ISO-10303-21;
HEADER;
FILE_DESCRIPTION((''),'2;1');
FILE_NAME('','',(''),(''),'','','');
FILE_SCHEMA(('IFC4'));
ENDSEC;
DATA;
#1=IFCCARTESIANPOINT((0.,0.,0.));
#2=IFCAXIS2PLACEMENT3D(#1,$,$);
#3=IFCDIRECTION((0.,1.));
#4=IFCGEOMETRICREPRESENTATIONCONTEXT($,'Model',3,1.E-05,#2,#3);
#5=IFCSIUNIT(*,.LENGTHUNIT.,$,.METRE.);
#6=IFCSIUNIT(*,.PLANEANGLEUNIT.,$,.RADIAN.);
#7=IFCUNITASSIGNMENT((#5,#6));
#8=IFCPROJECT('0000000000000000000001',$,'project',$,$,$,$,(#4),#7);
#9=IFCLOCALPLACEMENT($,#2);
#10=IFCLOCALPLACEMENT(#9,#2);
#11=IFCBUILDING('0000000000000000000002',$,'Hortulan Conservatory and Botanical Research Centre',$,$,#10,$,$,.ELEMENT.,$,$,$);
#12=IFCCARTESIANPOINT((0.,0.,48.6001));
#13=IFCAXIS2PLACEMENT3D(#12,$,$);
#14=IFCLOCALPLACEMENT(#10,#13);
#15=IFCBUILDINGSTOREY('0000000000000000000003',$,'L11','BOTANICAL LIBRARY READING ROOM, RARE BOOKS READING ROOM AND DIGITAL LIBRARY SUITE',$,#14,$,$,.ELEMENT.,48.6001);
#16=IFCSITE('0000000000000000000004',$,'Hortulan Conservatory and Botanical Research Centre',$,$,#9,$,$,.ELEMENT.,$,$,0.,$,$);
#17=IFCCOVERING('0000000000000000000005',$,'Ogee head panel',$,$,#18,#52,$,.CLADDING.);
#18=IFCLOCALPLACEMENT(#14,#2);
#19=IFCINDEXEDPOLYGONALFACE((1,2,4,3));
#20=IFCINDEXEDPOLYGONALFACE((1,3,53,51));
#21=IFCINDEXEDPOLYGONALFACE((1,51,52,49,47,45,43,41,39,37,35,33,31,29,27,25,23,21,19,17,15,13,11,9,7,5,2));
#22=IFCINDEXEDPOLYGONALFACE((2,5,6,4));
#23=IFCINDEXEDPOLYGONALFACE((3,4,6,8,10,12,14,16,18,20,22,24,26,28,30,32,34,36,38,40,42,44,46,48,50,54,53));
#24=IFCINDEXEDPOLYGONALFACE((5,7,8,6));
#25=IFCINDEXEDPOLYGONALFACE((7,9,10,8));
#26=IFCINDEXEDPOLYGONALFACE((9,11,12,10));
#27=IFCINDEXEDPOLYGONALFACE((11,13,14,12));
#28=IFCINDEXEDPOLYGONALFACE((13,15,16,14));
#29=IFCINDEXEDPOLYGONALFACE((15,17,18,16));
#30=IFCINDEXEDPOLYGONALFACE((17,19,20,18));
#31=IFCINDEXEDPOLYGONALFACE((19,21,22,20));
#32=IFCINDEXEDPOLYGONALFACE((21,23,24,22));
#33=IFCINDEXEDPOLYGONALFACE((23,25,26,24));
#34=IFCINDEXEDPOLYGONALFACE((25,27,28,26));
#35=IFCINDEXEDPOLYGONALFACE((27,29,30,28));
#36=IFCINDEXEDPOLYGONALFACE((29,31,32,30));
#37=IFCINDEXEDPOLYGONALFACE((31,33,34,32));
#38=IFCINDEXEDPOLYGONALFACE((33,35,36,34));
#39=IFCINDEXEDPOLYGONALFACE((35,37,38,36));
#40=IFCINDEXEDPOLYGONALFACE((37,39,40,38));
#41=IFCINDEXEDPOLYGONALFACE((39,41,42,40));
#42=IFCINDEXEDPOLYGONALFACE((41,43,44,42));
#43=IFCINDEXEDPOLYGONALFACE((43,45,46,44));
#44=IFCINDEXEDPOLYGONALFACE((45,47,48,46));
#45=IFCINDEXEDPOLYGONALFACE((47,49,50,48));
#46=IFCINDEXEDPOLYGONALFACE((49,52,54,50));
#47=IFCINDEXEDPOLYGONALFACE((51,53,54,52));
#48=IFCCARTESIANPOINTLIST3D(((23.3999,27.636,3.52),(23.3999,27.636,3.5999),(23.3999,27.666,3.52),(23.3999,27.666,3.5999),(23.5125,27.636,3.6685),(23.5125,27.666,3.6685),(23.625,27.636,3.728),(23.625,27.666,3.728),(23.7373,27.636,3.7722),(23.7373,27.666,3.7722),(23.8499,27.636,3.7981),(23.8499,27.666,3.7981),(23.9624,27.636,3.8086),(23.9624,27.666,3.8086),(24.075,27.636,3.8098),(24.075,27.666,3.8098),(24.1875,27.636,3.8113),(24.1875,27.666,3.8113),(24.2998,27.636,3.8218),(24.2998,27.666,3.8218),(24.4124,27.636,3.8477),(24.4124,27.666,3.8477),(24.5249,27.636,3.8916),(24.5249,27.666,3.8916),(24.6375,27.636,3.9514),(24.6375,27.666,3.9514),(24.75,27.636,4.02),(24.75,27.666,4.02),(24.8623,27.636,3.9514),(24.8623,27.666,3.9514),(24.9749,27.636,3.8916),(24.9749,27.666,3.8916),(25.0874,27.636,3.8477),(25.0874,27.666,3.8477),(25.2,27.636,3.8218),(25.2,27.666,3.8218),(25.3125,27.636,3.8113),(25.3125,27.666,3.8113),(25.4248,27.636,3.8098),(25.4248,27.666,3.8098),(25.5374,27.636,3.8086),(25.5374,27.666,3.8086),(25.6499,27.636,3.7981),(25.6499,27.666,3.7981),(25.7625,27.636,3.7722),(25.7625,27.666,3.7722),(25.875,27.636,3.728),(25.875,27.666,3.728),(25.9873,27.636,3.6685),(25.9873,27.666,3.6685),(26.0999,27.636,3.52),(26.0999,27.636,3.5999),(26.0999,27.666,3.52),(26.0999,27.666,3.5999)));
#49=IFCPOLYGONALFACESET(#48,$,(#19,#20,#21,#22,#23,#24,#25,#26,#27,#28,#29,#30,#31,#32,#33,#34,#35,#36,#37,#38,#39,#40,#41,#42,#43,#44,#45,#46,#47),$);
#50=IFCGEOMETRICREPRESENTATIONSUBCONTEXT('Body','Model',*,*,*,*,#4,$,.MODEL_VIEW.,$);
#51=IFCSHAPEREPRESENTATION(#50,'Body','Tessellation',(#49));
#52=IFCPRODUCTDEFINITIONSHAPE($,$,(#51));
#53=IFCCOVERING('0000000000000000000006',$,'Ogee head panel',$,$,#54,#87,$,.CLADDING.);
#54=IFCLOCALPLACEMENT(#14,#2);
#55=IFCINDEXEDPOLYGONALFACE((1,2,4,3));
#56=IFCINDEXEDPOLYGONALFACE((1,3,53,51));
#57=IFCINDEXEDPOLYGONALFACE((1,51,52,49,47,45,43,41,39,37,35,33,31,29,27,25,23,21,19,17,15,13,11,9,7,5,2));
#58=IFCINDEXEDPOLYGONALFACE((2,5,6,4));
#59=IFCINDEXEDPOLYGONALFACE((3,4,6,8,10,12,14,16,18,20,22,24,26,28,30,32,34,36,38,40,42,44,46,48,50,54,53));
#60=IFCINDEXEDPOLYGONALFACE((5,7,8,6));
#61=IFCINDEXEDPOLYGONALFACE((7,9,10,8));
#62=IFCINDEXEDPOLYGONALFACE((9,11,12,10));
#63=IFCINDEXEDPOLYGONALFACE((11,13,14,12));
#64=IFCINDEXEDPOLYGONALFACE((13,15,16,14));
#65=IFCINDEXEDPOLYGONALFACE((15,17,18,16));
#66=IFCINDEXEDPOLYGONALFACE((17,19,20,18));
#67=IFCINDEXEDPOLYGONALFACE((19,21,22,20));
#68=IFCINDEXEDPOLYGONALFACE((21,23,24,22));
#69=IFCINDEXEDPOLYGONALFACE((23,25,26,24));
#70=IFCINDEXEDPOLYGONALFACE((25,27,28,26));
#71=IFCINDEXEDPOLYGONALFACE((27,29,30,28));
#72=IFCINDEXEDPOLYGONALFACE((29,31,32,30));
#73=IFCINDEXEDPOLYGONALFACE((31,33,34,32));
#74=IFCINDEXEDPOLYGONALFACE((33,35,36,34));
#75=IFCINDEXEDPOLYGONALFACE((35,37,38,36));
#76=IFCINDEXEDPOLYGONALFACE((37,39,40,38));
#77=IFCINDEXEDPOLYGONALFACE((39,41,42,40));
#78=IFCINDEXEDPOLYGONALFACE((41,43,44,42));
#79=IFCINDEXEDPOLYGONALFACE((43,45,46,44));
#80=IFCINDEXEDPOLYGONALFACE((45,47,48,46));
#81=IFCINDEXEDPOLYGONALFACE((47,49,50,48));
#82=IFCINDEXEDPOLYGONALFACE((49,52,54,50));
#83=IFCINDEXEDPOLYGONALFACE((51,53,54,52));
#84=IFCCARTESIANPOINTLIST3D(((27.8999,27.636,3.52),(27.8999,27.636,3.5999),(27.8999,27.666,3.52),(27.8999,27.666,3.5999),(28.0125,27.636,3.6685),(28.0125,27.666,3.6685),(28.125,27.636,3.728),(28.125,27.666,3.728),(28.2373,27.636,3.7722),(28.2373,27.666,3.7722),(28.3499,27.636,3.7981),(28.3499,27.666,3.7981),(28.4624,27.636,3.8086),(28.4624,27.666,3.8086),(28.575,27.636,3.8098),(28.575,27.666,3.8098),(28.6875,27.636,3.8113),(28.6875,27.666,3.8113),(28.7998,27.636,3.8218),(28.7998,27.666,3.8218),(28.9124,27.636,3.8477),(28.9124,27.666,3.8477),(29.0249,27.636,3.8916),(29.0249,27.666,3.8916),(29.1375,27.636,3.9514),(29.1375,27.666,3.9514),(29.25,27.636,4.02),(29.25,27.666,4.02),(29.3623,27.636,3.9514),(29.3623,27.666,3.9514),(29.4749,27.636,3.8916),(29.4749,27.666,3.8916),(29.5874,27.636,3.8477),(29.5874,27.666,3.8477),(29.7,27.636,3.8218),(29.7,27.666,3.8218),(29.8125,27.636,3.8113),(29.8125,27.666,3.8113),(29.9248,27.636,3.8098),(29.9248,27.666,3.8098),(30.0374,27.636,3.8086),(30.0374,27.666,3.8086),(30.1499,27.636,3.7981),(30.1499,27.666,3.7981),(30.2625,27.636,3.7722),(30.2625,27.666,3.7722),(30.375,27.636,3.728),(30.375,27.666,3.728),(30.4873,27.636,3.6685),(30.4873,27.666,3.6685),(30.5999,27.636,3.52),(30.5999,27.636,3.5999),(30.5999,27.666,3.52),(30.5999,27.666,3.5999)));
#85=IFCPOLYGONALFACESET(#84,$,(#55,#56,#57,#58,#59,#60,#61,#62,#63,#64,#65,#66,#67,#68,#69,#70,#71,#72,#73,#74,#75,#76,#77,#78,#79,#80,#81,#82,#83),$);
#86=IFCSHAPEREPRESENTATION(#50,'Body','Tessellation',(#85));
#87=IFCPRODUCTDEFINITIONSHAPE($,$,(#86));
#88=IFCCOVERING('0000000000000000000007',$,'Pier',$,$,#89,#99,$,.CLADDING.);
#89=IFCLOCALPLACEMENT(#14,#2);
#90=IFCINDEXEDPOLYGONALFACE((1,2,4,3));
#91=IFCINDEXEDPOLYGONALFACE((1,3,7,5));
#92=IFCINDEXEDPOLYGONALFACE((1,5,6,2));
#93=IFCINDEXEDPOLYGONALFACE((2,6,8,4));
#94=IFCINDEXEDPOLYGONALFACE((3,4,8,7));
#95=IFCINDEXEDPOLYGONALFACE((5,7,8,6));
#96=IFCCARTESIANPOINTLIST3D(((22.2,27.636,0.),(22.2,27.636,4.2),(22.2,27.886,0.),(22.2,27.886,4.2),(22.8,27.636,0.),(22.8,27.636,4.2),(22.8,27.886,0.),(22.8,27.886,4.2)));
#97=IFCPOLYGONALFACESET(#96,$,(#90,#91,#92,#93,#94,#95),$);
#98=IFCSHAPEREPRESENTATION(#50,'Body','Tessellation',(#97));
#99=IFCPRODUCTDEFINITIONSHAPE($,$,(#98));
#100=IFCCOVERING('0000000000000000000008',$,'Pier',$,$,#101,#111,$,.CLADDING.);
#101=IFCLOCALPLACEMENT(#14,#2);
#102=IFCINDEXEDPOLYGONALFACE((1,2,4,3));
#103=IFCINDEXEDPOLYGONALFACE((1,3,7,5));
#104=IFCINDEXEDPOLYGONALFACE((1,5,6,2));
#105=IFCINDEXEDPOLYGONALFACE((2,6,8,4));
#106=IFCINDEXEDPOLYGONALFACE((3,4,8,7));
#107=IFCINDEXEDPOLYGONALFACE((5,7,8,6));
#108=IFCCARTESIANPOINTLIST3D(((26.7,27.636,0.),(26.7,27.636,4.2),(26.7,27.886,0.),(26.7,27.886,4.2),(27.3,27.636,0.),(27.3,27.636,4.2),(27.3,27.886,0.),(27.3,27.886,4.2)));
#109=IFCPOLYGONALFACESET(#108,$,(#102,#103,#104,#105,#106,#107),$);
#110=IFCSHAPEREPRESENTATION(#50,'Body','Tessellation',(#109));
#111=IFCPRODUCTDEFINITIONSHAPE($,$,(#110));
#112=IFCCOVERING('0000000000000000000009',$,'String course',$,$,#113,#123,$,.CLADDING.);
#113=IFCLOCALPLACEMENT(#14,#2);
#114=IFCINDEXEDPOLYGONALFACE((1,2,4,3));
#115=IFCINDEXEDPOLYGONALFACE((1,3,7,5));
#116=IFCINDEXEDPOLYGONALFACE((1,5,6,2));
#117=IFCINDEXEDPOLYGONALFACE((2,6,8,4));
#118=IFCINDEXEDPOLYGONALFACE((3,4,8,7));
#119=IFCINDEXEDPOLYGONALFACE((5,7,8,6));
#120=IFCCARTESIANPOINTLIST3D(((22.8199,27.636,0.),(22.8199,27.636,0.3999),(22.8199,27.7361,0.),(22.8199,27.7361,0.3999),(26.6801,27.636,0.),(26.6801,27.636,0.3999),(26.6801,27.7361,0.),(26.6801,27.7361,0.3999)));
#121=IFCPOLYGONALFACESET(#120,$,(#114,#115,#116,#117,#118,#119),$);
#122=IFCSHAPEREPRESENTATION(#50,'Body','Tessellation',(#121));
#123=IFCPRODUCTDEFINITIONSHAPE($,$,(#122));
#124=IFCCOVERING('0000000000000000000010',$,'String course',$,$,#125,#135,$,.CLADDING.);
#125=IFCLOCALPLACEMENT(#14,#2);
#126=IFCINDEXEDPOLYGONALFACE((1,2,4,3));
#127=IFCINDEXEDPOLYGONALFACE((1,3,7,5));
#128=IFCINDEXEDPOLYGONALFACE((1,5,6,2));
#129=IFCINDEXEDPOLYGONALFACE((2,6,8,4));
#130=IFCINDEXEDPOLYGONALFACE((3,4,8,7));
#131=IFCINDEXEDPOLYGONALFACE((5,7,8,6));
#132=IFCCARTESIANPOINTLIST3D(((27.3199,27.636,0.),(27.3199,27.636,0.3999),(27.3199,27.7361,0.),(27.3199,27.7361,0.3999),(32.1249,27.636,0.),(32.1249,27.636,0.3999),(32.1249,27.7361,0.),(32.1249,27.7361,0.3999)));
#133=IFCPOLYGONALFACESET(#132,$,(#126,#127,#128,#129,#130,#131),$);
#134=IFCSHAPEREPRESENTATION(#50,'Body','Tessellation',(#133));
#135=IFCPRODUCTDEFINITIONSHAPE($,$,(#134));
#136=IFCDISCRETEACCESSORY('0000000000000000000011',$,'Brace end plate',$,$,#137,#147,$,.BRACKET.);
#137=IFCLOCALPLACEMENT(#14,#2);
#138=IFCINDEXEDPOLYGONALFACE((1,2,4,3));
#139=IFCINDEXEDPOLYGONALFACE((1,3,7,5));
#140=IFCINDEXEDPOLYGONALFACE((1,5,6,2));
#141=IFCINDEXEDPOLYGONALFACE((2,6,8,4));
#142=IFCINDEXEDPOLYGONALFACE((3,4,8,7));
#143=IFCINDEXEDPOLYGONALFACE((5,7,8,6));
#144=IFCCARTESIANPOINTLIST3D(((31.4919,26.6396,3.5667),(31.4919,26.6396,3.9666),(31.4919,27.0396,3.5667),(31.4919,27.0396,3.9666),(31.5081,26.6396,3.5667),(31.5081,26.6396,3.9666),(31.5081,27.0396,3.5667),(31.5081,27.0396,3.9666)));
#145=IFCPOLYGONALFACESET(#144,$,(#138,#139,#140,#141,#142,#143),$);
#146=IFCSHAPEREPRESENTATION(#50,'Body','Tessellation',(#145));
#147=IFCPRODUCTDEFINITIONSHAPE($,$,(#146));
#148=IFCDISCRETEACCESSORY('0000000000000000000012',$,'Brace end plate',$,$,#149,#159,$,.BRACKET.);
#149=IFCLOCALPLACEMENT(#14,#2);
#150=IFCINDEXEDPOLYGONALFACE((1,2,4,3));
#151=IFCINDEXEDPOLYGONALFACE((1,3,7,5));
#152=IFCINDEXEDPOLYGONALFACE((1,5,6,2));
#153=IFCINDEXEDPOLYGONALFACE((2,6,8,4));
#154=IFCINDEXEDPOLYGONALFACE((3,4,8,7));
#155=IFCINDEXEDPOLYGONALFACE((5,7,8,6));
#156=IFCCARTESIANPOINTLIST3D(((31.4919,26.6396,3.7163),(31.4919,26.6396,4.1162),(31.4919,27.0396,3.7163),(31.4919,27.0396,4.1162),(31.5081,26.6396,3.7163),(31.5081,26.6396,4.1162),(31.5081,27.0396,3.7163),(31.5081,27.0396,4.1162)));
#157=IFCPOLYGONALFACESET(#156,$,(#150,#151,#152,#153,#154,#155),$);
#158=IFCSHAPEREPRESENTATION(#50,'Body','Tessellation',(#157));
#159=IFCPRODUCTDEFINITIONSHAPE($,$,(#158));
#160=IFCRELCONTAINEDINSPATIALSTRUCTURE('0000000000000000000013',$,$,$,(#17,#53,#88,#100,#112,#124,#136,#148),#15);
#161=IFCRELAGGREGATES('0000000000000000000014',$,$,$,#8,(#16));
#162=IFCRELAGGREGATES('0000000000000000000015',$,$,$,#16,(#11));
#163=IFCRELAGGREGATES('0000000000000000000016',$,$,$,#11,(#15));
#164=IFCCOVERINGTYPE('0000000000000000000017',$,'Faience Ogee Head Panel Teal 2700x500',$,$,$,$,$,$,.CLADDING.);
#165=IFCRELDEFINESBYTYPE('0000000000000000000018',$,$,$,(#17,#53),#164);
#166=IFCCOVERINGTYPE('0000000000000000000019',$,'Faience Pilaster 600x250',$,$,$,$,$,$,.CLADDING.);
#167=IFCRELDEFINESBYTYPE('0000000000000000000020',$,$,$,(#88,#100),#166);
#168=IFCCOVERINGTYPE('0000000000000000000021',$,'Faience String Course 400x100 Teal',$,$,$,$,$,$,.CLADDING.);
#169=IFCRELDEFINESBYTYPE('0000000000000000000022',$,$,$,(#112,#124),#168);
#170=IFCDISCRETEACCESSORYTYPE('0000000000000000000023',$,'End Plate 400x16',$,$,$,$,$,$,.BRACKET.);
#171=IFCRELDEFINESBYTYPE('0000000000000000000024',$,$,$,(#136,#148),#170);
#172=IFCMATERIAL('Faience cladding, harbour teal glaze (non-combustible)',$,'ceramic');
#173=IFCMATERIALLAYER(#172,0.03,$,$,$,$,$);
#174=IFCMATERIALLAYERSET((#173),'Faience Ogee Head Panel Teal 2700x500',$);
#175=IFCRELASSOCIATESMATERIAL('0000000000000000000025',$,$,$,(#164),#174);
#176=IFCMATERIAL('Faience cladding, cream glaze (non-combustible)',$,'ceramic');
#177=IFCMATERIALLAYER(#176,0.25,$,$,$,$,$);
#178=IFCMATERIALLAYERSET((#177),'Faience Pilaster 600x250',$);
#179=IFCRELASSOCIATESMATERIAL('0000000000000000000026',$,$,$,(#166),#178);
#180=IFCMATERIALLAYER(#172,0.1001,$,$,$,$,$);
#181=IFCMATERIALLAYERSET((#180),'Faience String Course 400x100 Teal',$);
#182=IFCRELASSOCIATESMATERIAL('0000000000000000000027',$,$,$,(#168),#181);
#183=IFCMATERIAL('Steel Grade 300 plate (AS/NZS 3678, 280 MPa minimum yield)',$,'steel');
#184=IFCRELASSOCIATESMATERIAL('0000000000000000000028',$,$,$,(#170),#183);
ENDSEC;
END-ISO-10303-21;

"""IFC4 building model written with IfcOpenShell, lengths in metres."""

from ifc_helpers import new_model, si_unit, direction, frame, origin, origin_2d, place, context, subcontext, project, spatial, polyline, rectangle, outline, extrude, material, layer, layer_set, type_object, element, save


model = new_model("IFC4")

# Units and contexts
model_context = context("Model", 3, precision=1e-05, world=origin(), true_north=direction((0.0, 1.0)))
body_context = subcontext(model_context, "Body", "Model", "MODEL_VIEW")
ifc_project = project(units=[si_unit("LENGTHUNIT", "METRE"), si_unit("PLANEANGLEUNIT", "RADIAN")], contexts=[model_context])

# Site, building, storey
site_placement = place(None, origin())
site = spatial("IfcSite", under=ifc_project, at=site_placement, Name="Hortulan Conservatory and Botanical Research Centre", CompositionType="ELEMENT", RefElevation=0.0)
building_placement = place(site_placement, origin())
building = spatial("IfcBuilding", under=site, at=building_placement, Name="Hortulan Conservatory and Botanical Research Centre", CompositionType="ELEMENT")
storey_placement = place(building_placement, frame((0.0, 0.0, 48.6001)))
storey = spatial("IfcBuildingStorey", under=building, at=storey_placement, Name="L11", Description="BOTANICAL LIBRARY READING ROOM, RARE BOOKS READING ROOM AND DIGITAL LIBRARY SUITE", CompositionType="ELEMENT", Elevation=48.6001)

# Coverings
ifc_material_1 = material(Name="Faience cladding, harbour teal glaze (non-combustible)", Category="ceramic")
ifc_layer_1 = layer(ifc_material_1, 0.03)
ifc_layer_set_1 = layer_set([ifc_layer_1], Name="Faience Ogee Head Panel Teal 2700x500")
covering_type_1 = type_object("IfcCoveringType", Name="Faience Ogee Head Panel Teal 2700x500", PredefinedType="CLADDING", material=ifc_layer_set_1)
for number, where, z_axis, x_axis, name in (
    (1, (23.3999, 27.6509, 3.52), (0.0, 0.0, 1.0), (1.0, 0.0, 0.0), "Ogee head panel"),
    (2, (27.8999, 27.6509, 3.52), (0.0, 0.0, 1.0), (1.0, 0.0, 0.0), "Ogee head panel"),
):
    element("IfcCovering", number, at=place(storey_placement, frame(where, z_axis=z_axis, x_axis=x_axis)), inside=storey, type_object=covering_type_1, Name=name, PredefinedType="CLADDING", context=body_context, shape_type="SweptSolid", body=[
        extrude(outline(polyline([(0.0, 0.0), (2.7, 0.0), (2.7, 0.0798), (2.5874, 0.1484), (2.4751, 0.208), (2.3625, 0.2522), (2.25, 0.2781), (2.1375, 0.2886), (2.0249, 0.2898), (1.9126, 0.2913), (1.8, 0.3018), (1.6875, 0.3276), (1.575, 0.3716), (1.4624, 0.4314), (1.3501, 0.5), (1.2375, 0.4314), (1.125, 0.3716), (1.0125, 0.3276), (0.8999, 0.3018), (0.7876, 0.2913), (0.675, 0.2898), (0.5625, 0.2886), (0.45, 0.2781), (0.3374, 0.2522), (0.2251, 0.208), (0.1125, 0.1484), (0.0, 0.0798), (0.0, 0.0)])), frame((0.0, 0.0151, 0.0), z_axis=(0.0, -1.0, 0.0), x_axis=(1.0, 0.0, 0.0)), (0.0, 0.0, 1.0), 0.03),
    ])
ifc_material_2 = material(Name="Faience cladding, cream glaze (non-combustible)", Category="ceramic")
ifc_layer_2 = layer(ifc_material_2, 0.25)
ifc_layer_set_2 = layer_set([ifc_layer_2], Name="Faience Pilaster 600x250")
covering_type_2 = type_object("IfcCoveringType", Name="Faience Pilaster 600x250", PredefinedType="CLADDING", material=ifc_layer_set_2)
for number, where, z_axis, x_axis, name in (
    (3, (22.5, 27.761, 0.0), (0.0, 0.0, 1.0), (1.0, 0.0, 0.0), "Pier"),
    (4, (27.0, 27.761, 0.0), (0.0, 0.0, 1.0), (1.0, 0.0, 0.0), "Pier"),
):
    element("IfcCovering", number, at=place(storey_placement, frame(where, z_axis=z_axis, x_axis=x_axis)), inside=storey, type_object=covering_type_2, Name=name, PredefinedType="CLADDING", context=body_context, shape_type="SweptSolid", body=[
        extrude(rectangle(XDim=0.6001, YDim=0.25, at=origin_2d()), origin(), (0.0, 0.0, 1.0), 4.2),
    ])
ifc_layer_3 = layer(ifc_material_1, 0.1001)
ifc_layer_set_3 = layer_set([ifc_layer_3], Name="Faience String Course 400x100 Teal")
covering_type_3 = type_object("IfcCoveringType", Name="Faience String Course 400x100 Teal", PredefinedType="CLADDING", material=ifc_layer_set_3)
covering_1_placement = place(storey_placement, frame((24.75, 27.686, 0.0), z_axis=(0.0, 0.0, 1.0), x_axis=(1.0, 0.0, 0.0)))
element("IfcCovering", 5, at=covering_1_placement, inside=storey, type_object=covering_type_3, Name="String course", PredefinedType="CLADDING", context=body_context, shape_type="SweptSolid", body=[
    extrude(rectangle(XDim=3.8601, YDim=0.1001, at=origin_2d()), origin(), (0.0, 0.0, 1.0), 0.3999),
])
covering_2_placement = place(storey_placement, frame((29.7224, 27.686, 0.0), z_axis=(0.0, 0.0, 1.0), x_axis=(1.0, 0.0, 0.0)))
element("IfcCovering", 6, at=covering_2_placement, inside=storey, type_object=covering_type_3, Name="String course", PredefinedType="CLADDING", context=body_context, shape_type="SweptSolid", body=[
    extrude(rectangle(XDim=4.8049, YDim=0.1001, at=origin_2d()), origin(), (0.0, 0.0, 1.0), 0.3999),
])

# Discrete accessories
ifc_material_3 = material(Name="Steel Grade 300 plate (AS/NZS 3678, 280 MPa minimum yield)", Category="steel")
discrete_accessory_type = type_object("IfcDiscreteAccessoryType", Name="End Plate 400x16", PredefinedType="BRACKET", material=ifc_material_3)
for number, where, z_axis, x_axis, name in (
    (7, (31.5, 26.8396, 3.5667), (0.0, 0.0, 1.0), (0.0, -1.0, 0.0), "Brace end plate"),
    (8, (31.5, 26.8396, 3.7163), (0.0, 0.0, 1.0), (0.0, -1.0, 0.0), "Brace end plate"),
):
    element("IfcDiscreteAccessory", number, at=place(storey_placement, frame(where, z_axis=z_axis, x_axis=x_axis)), inside=storey, type_object=discrete_accessory_type, Name=name, PredefinedType="BRACKET", context=body_context, shape_type="SweptSolid", body=[
        extrude(rectangle(XDim=0.3999, YDim=0.0161, at=origin_2d()), origin(), (0.0, 0.0, 1.0), 0.3999),
    ])

save(model, "model.ifc")
